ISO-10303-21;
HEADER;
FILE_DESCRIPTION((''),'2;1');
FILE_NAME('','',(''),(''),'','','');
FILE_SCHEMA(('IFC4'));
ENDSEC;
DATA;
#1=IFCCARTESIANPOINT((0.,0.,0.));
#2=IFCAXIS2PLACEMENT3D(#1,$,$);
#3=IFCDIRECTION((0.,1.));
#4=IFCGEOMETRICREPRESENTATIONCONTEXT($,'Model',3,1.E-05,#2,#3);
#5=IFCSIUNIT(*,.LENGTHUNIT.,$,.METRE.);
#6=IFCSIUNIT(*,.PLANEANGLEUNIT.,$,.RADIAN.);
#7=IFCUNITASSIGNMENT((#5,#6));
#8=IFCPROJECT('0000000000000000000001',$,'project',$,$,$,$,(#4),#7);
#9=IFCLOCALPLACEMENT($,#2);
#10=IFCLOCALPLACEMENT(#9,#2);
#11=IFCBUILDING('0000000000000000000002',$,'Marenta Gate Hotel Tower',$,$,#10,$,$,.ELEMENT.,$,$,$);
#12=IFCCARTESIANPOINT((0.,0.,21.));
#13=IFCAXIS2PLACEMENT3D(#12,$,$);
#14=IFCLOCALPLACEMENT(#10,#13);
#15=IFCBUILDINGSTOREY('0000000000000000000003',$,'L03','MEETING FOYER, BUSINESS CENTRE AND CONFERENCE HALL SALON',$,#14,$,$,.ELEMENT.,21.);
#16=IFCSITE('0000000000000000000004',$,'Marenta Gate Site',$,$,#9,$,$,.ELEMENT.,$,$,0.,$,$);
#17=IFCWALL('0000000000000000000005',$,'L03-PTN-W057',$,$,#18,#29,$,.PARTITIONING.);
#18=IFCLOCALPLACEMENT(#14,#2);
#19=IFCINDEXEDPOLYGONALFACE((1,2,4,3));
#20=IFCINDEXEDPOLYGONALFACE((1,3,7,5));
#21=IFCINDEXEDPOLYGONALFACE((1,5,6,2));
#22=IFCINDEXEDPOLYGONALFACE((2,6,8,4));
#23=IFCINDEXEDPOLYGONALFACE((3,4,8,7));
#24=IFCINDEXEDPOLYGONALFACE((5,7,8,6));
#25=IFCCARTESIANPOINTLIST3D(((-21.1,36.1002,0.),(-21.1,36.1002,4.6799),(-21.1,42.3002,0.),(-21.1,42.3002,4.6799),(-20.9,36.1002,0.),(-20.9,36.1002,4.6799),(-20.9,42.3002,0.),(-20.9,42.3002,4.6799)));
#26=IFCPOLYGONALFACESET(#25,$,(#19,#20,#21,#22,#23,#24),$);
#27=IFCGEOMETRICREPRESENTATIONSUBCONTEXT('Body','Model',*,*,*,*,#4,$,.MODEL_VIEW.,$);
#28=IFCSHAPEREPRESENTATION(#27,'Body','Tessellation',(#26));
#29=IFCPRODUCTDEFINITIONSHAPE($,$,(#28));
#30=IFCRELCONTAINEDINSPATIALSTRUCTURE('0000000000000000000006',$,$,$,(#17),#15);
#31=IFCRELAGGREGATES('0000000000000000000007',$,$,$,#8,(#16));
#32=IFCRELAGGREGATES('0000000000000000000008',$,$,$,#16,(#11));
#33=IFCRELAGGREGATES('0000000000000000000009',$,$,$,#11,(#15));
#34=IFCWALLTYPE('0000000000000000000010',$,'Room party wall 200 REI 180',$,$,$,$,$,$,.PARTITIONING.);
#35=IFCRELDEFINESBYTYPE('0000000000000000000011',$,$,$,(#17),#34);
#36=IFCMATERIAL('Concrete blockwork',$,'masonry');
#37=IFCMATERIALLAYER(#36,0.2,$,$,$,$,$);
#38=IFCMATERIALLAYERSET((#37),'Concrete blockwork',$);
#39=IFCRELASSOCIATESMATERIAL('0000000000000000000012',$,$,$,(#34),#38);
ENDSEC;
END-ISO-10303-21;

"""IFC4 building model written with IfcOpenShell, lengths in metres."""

from ifc_helpers import new_model, si_unit, direction, frame, frame_2d, origin, place, context, subcontext, project, spatial, rectangle, extrude, material, layer, layer_set, type_object, element, save


model = new_model("IFC4")

# Units and contexts
model_context = context("Model", 3, precision=1e-05, world=origin(), true_north=direction((0.0, 1.0)))
body_context = subcontext(model_context, "Body", "Model", "MODEL_VIEW")
ifc_project = project(units=[si_unit("LENGTHUNIT", "METRE"), si_unit("PLANEANGLEUNIT", "RADIAN")], contexts=[model_context])

# Site, building, storey
site_placement = place(None, origin())
site = spatial("IfcSite", under=ifc_project, at=site_placement, Name="Marenta Gate Site", CompositionType="ELEMENT", RefElevation=0.0)
building_placement = place(site_placement, origin())
building = spatial("IfcBuilding", under=site, at=building_placement, Name="Marenta Gate Hotel Tower", CompositionType="ELEMENT")
storey_placement = place(building_placement, frame((0.0, 0.0, 21.0)))
storey = spatial("IfcBuildingStorey", under=building, at=storey_placement, Name="L03", Description="MEETING FOYER, BUSINESS CENTRE AND CONFERENCE HALL SALON", CompositionType="ELEMENT", Elevation=21.0)

# Wall
ifc_material_1 = material(Name="Concrete blockwork", Category="masonry")
ifc_layer_1 = layer(ifc_material_1, 0.2)
ifc_layer_set_1 = layer_set([ifc_layer_1], Name="Concrete blockwork")
wall_type_1 = type_object("IfcWallType", Name="Room party wall 200 REI 180", PredefinedType="PARTITIONING", material=ifc_layer_set_1)
wall_1_placement = place(storey_placement, frame((-21.0, 36.1001, 0.0), z_axis=(0.0, 0.0, 1.0), x_axis=(0.0, 1.0, 0.0)))
element("IfcWall", 1, at=wall_1_placement, inside=storey, type_object=wall_type_1, Name="L03-PTN-W057", PredefinedType="PARTITIONING", context=body_context, shape_type="SweptSolid", body=[
    extrude(rectangle(XDim=6.2, YDim=0.2, at=frame_2d((3.1001, 0.0))), origin(), (0.0, 0.0, 1.0), 4.6799),
])

save(model, "model.ifc")
